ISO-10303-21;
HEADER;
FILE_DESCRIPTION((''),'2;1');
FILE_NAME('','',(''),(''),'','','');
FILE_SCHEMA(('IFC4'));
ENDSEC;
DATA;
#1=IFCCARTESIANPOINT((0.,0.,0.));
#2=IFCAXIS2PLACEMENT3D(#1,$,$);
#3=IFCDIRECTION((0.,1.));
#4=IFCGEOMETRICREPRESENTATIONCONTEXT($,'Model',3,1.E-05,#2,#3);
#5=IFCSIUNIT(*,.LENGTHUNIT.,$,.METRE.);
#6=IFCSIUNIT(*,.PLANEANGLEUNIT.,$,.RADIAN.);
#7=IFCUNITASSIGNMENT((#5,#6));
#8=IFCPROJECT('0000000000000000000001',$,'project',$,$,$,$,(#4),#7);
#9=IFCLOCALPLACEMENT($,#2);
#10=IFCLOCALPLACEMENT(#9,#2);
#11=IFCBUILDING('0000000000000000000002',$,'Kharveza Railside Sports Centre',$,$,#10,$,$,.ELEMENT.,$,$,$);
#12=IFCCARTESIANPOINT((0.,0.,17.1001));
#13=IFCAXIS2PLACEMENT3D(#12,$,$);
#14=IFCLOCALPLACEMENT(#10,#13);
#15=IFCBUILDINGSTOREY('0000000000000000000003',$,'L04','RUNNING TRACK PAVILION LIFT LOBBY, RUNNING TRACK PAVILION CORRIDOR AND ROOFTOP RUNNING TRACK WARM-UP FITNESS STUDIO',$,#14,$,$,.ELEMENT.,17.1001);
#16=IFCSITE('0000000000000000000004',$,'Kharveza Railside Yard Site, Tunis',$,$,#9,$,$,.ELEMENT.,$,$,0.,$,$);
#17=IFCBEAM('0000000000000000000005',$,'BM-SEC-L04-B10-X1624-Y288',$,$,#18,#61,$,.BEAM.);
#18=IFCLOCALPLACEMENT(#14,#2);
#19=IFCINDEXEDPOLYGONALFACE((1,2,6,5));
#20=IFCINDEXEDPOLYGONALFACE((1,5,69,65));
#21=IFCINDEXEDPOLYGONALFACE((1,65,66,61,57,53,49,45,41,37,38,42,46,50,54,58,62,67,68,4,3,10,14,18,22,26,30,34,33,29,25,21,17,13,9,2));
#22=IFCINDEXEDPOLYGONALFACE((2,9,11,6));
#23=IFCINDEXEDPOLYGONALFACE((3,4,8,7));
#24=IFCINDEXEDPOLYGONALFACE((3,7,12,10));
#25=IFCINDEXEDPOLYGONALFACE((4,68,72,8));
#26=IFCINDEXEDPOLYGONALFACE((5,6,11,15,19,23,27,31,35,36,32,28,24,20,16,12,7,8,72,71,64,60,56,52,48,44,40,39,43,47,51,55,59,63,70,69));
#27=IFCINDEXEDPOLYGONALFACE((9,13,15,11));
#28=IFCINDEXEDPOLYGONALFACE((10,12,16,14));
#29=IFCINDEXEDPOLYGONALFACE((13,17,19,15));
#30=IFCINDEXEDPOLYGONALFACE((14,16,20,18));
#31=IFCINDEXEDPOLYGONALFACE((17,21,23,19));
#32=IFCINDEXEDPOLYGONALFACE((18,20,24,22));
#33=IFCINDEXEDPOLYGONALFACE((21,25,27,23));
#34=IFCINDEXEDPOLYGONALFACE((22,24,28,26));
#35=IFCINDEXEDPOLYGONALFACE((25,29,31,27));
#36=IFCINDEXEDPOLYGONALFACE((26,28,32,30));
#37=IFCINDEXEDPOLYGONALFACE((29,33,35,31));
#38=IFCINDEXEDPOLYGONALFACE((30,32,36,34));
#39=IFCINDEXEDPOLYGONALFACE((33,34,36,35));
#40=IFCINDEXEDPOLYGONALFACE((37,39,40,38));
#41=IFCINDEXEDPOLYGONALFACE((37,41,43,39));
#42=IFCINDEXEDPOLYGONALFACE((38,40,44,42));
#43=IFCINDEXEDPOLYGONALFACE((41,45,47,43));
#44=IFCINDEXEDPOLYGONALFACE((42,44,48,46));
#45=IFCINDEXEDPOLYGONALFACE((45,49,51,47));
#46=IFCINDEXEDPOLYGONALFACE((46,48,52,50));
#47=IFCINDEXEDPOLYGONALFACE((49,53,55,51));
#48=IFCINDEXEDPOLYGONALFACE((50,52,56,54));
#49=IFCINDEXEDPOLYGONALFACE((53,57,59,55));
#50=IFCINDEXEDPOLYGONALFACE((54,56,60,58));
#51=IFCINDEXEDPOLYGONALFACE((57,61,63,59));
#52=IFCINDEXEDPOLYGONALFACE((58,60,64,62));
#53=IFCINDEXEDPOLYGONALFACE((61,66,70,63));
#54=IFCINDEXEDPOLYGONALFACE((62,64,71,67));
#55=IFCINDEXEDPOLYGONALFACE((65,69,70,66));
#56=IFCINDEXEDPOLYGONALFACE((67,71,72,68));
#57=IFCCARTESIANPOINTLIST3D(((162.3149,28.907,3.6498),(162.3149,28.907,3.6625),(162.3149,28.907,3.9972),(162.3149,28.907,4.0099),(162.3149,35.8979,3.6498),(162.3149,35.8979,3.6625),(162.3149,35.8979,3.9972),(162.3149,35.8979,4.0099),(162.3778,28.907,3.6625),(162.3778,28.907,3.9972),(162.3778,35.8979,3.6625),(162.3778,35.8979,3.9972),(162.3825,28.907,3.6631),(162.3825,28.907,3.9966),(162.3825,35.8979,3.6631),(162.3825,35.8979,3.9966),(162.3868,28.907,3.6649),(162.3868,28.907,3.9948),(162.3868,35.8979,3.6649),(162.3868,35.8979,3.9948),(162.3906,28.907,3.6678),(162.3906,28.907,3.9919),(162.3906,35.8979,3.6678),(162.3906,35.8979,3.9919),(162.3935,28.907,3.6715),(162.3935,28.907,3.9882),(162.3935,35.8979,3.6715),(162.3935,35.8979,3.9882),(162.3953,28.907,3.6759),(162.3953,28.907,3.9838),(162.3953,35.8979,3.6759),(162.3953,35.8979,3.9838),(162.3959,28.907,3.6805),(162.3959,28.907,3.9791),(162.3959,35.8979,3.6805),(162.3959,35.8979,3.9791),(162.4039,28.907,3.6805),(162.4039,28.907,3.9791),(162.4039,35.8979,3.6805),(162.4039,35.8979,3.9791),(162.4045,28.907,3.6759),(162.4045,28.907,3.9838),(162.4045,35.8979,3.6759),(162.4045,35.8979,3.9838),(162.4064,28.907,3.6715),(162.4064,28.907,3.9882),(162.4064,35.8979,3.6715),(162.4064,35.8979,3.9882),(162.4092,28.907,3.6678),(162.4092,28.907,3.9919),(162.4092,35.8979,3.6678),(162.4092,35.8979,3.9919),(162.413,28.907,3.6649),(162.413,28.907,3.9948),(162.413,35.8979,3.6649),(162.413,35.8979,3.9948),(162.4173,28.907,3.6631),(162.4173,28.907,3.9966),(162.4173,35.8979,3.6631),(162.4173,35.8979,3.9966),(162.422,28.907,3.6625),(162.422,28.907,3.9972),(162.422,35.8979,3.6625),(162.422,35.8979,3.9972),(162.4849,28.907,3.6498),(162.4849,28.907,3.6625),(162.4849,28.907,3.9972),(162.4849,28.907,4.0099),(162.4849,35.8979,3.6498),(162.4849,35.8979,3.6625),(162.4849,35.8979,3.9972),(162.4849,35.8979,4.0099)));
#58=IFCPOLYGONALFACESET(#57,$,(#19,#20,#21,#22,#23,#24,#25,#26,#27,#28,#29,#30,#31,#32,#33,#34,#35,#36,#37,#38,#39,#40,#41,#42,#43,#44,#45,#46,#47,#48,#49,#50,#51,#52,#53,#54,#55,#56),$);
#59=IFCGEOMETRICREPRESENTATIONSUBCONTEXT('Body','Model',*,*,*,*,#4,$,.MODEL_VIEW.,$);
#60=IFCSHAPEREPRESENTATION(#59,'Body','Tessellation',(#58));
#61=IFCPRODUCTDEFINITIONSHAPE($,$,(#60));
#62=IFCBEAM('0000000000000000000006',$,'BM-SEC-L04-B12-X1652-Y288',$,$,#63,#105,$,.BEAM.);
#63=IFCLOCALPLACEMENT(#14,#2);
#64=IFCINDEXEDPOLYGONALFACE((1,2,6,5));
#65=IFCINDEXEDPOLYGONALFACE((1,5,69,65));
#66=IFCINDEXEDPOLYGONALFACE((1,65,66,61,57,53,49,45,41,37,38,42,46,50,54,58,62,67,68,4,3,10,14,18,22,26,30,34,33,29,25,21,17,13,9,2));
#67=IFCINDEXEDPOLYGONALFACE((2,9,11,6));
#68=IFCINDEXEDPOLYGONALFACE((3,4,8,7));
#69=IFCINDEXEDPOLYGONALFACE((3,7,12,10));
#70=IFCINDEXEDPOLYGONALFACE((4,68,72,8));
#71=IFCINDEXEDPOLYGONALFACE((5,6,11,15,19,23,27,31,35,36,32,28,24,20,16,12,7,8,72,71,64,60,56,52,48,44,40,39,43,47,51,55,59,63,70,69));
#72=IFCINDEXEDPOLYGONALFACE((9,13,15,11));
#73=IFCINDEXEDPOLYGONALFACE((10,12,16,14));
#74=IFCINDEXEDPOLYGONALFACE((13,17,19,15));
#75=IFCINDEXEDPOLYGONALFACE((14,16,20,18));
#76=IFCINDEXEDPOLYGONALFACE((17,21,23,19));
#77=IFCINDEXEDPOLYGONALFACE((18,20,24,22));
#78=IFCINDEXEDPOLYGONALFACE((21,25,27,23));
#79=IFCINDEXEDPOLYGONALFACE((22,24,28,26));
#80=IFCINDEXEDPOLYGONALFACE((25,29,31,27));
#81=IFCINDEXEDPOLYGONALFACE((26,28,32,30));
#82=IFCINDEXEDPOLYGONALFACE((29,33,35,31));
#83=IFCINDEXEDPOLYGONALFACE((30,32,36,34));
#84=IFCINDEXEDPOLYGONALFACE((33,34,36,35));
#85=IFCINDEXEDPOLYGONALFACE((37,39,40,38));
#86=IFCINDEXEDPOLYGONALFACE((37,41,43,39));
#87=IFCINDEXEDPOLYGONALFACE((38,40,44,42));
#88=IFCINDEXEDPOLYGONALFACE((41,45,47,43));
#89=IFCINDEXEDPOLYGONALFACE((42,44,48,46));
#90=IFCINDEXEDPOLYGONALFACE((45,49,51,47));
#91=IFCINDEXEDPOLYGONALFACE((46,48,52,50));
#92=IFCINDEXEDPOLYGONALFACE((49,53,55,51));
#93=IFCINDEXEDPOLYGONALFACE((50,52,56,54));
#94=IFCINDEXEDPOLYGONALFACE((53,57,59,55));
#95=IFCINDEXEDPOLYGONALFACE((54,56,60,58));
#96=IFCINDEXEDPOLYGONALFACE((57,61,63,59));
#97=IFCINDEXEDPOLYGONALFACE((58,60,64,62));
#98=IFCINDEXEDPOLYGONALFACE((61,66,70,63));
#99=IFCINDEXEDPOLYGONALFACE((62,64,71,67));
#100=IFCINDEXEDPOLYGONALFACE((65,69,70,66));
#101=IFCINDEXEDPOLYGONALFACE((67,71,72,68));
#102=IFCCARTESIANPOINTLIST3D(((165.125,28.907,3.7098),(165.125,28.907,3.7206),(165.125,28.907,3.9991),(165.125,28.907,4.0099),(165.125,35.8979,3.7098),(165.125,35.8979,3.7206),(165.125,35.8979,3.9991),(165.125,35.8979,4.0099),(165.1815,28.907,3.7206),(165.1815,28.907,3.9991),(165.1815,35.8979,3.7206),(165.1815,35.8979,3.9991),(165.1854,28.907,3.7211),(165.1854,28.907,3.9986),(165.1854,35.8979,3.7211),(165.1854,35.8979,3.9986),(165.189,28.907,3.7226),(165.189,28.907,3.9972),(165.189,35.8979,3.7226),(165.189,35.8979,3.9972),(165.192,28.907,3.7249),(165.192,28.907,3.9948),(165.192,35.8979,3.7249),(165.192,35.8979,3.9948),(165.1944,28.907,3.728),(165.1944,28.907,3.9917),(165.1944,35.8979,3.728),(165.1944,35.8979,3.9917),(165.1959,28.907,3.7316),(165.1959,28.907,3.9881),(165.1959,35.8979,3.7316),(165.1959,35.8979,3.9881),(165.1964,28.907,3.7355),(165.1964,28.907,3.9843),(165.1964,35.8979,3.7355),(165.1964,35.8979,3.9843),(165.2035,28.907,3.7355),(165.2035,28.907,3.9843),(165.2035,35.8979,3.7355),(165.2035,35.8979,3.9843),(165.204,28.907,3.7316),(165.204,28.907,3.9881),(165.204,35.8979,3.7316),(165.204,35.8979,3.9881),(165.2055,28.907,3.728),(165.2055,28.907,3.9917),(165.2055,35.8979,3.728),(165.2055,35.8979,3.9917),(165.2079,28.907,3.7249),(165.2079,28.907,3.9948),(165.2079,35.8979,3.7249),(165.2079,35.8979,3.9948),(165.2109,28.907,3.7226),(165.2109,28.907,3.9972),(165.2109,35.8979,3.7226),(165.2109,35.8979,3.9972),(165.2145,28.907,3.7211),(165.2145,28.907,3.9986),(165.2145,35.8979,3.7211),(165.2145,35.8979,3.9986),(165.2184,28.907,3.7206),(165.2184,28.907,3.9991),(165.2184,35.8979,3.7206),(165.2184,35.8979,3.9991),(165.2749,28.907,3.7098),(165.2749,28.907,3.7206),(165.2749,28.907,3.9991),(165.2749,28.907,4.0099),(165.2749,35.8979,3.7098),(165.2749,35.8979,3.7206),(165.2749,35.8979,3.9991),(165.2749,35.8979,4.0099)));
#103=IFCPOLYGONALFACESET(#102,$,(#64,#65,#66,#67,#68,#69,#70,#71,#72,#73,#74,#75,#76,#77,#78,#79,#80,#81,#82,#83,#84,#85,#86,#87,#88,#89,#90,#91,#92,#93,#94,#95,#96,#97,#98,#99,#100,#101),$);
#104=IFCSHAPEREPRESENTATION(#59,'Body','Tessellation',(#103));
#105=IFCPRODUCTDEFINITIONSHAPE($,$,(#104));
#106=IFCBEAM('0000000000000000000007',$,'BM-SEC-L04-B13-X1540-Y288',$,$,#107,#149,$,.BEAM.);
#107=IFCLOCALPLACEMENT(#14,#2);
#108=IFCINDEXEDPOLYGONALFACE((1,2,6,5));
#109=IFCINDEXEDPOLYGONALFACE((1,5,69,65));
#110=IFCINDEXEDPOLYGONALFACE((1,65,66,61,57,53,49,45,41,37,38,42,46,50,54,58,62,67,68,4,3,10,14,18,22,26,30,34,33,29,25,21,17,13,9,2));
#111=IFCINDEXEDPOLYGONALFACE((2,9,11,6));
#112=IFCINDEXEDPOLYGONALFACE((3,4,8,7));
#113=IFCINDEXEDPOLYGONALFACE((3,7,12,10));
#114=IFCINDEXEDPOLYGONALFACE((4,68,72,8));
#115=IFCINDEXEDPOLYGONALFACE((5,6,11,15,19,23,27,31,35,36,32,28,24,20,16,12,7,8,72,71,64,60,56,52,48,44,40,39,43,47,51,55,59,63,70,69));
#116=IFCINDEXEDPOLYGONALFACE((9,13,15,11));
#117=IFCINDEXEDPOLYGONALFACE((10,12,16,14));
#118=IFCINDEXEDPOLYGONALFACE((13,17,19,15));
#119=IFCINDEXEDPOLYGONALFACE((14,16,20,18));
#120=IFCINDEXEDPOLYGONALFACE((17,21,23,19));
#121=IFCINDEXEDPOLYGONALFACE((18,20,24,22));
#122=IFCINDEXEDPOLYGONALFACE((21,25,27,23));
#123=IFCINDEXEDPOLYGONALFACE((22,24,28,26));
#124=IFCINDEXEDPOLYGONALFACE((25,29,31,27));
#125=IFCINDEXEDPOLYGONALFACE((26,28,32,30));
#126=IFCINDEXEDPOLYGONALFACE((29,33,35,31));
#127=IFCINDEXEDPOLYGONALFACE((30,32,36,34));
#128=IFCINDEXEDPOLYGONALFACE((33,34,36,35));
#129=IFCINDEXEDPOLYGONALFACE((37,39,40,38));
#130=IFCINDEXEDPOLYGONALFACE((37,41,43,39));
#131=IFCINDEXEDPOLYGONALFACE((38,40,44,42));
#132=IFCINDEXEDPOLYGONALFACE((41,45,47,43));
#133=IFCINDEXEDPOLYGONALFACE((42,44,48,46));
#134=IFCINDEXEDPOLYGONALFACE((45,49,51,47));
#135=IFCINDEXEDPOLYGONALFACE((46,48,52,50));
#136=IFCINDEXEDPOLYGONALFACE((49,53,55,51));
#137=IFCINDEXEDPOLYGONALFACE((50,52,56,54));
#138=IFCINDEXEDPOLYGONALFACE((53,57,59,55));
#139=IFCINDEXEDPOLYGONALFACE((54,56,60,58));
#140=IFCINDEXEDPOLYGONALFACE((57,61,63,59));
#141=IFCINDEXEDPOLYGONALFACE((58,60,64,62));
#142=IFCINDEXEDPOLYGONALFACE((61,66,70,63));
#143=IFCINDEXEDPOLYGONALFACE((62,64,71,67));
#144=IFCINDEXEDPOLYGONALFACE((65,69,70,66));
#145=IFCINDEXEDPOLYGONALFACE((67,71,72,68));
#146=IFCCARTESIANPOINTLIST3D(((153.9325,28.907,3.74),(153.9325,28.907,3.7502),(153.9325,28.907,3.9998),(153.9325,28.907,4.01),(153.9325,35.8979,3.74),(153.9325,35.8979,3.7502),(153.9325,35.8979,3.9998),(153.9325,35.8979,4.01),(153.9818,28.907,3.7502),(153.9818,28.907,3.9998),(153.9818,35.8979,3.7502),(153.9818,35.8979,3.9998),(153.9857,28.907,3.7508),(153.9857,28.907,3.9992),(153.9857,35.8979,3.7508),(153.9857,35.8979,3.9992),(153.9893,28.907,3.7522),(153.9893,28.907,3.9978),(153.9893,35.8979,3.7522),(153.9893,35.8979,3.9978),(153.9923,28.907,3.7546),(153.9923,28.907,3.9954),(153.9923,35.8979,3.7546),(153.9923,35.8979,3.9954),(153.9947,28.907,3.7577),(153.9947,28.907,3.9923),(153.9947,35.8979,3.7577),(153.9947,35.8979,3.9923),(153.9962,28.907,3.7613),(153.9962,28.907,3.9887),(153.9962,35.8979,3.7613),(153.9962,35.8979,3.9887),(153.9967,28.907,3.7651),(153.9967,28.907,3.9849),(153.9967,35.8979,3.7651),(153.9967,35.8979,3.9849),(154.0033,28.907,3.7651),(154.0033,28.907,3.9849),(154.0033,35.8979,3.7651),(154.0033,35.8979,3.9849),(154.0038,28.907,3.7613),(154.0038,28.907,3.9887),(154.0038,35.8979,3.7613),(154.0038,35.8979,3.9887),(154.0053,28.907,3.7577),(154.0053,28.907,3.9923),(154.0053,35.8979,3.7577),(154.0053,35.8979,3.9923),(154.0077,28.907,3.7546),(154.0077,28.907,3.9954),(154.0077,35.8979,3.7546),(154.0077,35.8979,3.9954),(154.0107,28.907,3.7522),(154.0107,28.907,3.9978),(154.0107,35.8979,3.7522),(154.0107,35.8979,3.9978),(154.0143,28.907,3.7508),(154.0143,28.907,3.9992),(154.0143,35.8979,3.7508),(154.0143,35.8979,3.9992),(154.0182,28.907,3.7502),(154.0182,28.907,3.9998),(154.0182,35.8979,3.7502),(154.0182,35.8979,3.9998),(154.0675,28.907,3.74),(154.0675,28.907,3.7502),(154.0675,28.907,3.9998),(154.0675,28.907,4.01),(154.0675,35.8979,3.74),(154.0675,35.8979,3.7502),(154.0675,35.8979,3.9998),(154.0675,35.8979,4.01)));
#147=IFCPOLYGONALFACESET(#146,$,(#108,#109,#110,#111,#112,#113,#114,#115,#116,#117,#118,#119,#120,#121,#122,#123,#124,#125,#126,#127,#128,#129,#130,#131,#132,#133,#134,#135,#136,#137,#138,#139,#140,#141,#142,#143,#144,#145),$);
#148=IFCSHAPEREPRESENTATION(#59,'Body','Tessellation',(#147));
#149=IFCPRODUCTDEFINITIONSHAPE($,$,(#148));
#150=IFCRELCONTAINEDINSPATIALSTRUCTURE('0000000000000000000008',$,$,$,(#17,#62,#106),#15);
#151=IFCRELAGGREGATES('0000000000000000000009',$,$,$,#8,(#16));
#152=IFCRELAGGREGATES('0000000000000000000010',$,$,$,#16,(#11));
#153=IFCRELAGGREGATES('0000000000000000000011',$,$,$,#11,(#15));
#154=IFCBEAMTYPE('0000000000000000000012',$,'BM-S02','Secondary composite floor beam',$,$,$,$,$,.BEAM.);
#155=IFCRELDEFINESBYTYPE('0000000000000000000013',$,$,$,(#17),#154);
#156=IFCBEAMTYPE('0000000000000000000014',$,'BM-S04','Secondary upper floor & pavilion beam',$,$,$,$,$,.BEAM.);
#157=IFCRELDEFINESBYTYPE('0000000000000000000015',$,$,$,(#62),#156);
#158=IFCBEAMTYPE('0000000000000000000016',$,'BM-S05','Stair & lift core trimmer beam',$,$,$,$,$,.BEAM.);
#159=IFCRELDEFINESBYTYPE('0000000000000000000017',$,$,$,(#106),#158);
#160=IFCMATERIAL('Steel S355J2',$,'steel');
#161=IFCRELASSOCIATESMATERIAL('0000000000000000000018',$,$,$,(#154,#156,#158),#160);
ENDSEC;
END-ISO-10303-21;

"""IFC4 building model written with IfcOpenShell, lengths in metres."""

from ifc_helpers import new_model, si_unit, direction, frame, origin, origin_2d, place, context, subcontext, project, spatial, i_section, extrude, material, material_profile, profile_set, type_object, element, save


model = new_model("IFC4")

# Units and contexts
model_context = context("Model", 3, precision=1e-05, world=origin(), true_north=direction((0.0, 1.0)))
body_context = subcontext(model_context, "Body", "Model", "MODEL_VIEW")
ifc_project = project(units=[si_unit("LENGTHUNIT", "METRE"), si_unit("PLANEANGLEUNIT", "RADIAN")], contexts=[model_context])

# Site, building, storey
site_placement = place(None, origin())
site = spatial("IfcSite", under=ifc_project, at=site_placement, Name="Kharveza Railside Yard Site, Tunis", CompositionType="ELEMENT", RefElevation=0.0)
building_placement = place(site_placement, origin())
building = spatial("IfcBuilding", under=site, at=building_placement, Name="Kharveza Railside Sports Centre", CompositionType="ELEMENT")
storey_placement = place(building_placement, frame((0.0, 0.0, 17.1001)))
storey = spatial("IfcBuildingStorey", under=building, at=storey_placement, Name="L04", Description="RUNNING TRACK PAVILION LIFT LOBBY, RUNNING TRACK PAVILION CORRIDOR AND ROOFTOP RUNNING TRACK WARM-UP FITNESS STUDIO", CompositionType="ELEMENT", Elevation=17.1001)

# Shared definitions
ifc_material_1 = material(Name="Steel S355J2", Category="steel")

# Beams
ifc_material_profile_1 = material_profile(ifc_material_1, i_section(OverallWidth=0.1699, OverallDepth=0.3601, WebThickness=0.0081, FlangeThickness=0.0127, FilletRadius=0.0181, at=origin_2d()), Name="IPE 360")
ifc_profile_set_1 = profile_set([ifc_material_profile_1], Name="Steel S355J2")
beam_type_1 = type_object("IfcBeamType", Name="BM-S02", Description="Secondary composite floor beam", PredefinedType="BEAM", material=ifc_profile_set_1)
for number, where, z_axis, x_axis, name in (
    (1, (162.3999, 28.907, 3.8298), (0.0, 1.0, 0.0), (-1.0, 0.0, 0.0), "BM-SEC-L04-B10-X1624-Y288"),
):
    element("IfcBeam", number, at=place(storey_placement, frame(where, z_axis=z_axis, x_axis=x_axis)), inside=storey, type_object=beam_type_1, Name=name, PredefinedType="BEAM", context=body_context, shape_type="SweptSolid", body=[
        extrude(i_section(OverallWidth=0.1699, OverallDepth=0.3601, WebThickness=0.0081, FlangeThickness=0.0127, FilletRadius=0.0181, at=origin_2d()), origin(), (0.0, 0.0, 1.0), 6.991),
    ])
ifc_material_profile_2 = material_profile(ifc_material_1, i_section(OverallWidth=0.1499, OverallDepth=0.3, WebThickness=0.0071, FlangeThickness=0.0107, FilletRadius=0.0149, at=origin_2d()), Name="IPE 300")
ifc_profile_set_2 = profile_set([ifc_material_profile_2], Name="Steel S355J2")
beam_type_2 = type_object("IfcBeamType", Name="BM-S04", Description="Secondary upper floor & pavilion beam", PredefinedType="BEAM", material=ifc_profile_set_2)
beam_1_placement = place(storey_placement, frame((165.2, 28.907, 3.8599), z_axis=(0.0, 1.0, 0.0), x_axis=(-1.0, 0.0, 0.0)))
element("IfcBeam", 2, at=beam_1_placement, inside=storey, type_object=beam_type_2, Name="BM-SEC-L04-B12-X1652-Y288", PredefinedType="BEAM", context=body_context, shape_type="SweptSolid", body=[
    extrude(i_section(OverallWidth=0.1499, OverallDepth=0.3, WebThickness=0.0071, FlangeThickness=0.0107, FilletRadius=0.0149, at=origin_2d()), origin(), (0.0, 0.0, 1.0), 6.991),
])
ifc_material_profile_3 = material_profile(ifc_material_1, i_section(OverallWidth=0.135, OverallDepth=0.27, WebThickness=0.0066, FlangeThickness=0.0103, FilletRadius=0.0149, at=origin_2d()), Name="IPE 270")
ifc_profile_set_3 = profile_set([ifc_material_profile_3], Name="Steel S355J2")
beam_type_3 = type_object("IfcBeamType", Name="BM-S05", Description="Stair & lift core trimmer beam", PredefinedType="BEAM", material=ifc_profile_set_3)
beam_2_placement = place(storey_placement, frame((154.0, 28.907, 3.875), z_axis=(0.0, 1.0, 0.0), x_axis=(-1.0, 0.0, 0.0)))
element("IfcBeam", 3, at=beam_2_placement, inside=storey, type_object=beam_type_3, Name="BM-SEC-L04-B13-X1540-Y288", PredefinedType="BEAM", context=body_context, shape_type="SweptSolid", body=[
    extrude(i_section(OverallWidth=0.135, OverallDepth=0.27, WebThickness=0.0066, FlangeThickness=0.0103, FilletRadius=0.0149, at=origin_2d()), origin(), (0.0, 0.0, 1.0), 6.991),
])

save(model, "model.ifc")
